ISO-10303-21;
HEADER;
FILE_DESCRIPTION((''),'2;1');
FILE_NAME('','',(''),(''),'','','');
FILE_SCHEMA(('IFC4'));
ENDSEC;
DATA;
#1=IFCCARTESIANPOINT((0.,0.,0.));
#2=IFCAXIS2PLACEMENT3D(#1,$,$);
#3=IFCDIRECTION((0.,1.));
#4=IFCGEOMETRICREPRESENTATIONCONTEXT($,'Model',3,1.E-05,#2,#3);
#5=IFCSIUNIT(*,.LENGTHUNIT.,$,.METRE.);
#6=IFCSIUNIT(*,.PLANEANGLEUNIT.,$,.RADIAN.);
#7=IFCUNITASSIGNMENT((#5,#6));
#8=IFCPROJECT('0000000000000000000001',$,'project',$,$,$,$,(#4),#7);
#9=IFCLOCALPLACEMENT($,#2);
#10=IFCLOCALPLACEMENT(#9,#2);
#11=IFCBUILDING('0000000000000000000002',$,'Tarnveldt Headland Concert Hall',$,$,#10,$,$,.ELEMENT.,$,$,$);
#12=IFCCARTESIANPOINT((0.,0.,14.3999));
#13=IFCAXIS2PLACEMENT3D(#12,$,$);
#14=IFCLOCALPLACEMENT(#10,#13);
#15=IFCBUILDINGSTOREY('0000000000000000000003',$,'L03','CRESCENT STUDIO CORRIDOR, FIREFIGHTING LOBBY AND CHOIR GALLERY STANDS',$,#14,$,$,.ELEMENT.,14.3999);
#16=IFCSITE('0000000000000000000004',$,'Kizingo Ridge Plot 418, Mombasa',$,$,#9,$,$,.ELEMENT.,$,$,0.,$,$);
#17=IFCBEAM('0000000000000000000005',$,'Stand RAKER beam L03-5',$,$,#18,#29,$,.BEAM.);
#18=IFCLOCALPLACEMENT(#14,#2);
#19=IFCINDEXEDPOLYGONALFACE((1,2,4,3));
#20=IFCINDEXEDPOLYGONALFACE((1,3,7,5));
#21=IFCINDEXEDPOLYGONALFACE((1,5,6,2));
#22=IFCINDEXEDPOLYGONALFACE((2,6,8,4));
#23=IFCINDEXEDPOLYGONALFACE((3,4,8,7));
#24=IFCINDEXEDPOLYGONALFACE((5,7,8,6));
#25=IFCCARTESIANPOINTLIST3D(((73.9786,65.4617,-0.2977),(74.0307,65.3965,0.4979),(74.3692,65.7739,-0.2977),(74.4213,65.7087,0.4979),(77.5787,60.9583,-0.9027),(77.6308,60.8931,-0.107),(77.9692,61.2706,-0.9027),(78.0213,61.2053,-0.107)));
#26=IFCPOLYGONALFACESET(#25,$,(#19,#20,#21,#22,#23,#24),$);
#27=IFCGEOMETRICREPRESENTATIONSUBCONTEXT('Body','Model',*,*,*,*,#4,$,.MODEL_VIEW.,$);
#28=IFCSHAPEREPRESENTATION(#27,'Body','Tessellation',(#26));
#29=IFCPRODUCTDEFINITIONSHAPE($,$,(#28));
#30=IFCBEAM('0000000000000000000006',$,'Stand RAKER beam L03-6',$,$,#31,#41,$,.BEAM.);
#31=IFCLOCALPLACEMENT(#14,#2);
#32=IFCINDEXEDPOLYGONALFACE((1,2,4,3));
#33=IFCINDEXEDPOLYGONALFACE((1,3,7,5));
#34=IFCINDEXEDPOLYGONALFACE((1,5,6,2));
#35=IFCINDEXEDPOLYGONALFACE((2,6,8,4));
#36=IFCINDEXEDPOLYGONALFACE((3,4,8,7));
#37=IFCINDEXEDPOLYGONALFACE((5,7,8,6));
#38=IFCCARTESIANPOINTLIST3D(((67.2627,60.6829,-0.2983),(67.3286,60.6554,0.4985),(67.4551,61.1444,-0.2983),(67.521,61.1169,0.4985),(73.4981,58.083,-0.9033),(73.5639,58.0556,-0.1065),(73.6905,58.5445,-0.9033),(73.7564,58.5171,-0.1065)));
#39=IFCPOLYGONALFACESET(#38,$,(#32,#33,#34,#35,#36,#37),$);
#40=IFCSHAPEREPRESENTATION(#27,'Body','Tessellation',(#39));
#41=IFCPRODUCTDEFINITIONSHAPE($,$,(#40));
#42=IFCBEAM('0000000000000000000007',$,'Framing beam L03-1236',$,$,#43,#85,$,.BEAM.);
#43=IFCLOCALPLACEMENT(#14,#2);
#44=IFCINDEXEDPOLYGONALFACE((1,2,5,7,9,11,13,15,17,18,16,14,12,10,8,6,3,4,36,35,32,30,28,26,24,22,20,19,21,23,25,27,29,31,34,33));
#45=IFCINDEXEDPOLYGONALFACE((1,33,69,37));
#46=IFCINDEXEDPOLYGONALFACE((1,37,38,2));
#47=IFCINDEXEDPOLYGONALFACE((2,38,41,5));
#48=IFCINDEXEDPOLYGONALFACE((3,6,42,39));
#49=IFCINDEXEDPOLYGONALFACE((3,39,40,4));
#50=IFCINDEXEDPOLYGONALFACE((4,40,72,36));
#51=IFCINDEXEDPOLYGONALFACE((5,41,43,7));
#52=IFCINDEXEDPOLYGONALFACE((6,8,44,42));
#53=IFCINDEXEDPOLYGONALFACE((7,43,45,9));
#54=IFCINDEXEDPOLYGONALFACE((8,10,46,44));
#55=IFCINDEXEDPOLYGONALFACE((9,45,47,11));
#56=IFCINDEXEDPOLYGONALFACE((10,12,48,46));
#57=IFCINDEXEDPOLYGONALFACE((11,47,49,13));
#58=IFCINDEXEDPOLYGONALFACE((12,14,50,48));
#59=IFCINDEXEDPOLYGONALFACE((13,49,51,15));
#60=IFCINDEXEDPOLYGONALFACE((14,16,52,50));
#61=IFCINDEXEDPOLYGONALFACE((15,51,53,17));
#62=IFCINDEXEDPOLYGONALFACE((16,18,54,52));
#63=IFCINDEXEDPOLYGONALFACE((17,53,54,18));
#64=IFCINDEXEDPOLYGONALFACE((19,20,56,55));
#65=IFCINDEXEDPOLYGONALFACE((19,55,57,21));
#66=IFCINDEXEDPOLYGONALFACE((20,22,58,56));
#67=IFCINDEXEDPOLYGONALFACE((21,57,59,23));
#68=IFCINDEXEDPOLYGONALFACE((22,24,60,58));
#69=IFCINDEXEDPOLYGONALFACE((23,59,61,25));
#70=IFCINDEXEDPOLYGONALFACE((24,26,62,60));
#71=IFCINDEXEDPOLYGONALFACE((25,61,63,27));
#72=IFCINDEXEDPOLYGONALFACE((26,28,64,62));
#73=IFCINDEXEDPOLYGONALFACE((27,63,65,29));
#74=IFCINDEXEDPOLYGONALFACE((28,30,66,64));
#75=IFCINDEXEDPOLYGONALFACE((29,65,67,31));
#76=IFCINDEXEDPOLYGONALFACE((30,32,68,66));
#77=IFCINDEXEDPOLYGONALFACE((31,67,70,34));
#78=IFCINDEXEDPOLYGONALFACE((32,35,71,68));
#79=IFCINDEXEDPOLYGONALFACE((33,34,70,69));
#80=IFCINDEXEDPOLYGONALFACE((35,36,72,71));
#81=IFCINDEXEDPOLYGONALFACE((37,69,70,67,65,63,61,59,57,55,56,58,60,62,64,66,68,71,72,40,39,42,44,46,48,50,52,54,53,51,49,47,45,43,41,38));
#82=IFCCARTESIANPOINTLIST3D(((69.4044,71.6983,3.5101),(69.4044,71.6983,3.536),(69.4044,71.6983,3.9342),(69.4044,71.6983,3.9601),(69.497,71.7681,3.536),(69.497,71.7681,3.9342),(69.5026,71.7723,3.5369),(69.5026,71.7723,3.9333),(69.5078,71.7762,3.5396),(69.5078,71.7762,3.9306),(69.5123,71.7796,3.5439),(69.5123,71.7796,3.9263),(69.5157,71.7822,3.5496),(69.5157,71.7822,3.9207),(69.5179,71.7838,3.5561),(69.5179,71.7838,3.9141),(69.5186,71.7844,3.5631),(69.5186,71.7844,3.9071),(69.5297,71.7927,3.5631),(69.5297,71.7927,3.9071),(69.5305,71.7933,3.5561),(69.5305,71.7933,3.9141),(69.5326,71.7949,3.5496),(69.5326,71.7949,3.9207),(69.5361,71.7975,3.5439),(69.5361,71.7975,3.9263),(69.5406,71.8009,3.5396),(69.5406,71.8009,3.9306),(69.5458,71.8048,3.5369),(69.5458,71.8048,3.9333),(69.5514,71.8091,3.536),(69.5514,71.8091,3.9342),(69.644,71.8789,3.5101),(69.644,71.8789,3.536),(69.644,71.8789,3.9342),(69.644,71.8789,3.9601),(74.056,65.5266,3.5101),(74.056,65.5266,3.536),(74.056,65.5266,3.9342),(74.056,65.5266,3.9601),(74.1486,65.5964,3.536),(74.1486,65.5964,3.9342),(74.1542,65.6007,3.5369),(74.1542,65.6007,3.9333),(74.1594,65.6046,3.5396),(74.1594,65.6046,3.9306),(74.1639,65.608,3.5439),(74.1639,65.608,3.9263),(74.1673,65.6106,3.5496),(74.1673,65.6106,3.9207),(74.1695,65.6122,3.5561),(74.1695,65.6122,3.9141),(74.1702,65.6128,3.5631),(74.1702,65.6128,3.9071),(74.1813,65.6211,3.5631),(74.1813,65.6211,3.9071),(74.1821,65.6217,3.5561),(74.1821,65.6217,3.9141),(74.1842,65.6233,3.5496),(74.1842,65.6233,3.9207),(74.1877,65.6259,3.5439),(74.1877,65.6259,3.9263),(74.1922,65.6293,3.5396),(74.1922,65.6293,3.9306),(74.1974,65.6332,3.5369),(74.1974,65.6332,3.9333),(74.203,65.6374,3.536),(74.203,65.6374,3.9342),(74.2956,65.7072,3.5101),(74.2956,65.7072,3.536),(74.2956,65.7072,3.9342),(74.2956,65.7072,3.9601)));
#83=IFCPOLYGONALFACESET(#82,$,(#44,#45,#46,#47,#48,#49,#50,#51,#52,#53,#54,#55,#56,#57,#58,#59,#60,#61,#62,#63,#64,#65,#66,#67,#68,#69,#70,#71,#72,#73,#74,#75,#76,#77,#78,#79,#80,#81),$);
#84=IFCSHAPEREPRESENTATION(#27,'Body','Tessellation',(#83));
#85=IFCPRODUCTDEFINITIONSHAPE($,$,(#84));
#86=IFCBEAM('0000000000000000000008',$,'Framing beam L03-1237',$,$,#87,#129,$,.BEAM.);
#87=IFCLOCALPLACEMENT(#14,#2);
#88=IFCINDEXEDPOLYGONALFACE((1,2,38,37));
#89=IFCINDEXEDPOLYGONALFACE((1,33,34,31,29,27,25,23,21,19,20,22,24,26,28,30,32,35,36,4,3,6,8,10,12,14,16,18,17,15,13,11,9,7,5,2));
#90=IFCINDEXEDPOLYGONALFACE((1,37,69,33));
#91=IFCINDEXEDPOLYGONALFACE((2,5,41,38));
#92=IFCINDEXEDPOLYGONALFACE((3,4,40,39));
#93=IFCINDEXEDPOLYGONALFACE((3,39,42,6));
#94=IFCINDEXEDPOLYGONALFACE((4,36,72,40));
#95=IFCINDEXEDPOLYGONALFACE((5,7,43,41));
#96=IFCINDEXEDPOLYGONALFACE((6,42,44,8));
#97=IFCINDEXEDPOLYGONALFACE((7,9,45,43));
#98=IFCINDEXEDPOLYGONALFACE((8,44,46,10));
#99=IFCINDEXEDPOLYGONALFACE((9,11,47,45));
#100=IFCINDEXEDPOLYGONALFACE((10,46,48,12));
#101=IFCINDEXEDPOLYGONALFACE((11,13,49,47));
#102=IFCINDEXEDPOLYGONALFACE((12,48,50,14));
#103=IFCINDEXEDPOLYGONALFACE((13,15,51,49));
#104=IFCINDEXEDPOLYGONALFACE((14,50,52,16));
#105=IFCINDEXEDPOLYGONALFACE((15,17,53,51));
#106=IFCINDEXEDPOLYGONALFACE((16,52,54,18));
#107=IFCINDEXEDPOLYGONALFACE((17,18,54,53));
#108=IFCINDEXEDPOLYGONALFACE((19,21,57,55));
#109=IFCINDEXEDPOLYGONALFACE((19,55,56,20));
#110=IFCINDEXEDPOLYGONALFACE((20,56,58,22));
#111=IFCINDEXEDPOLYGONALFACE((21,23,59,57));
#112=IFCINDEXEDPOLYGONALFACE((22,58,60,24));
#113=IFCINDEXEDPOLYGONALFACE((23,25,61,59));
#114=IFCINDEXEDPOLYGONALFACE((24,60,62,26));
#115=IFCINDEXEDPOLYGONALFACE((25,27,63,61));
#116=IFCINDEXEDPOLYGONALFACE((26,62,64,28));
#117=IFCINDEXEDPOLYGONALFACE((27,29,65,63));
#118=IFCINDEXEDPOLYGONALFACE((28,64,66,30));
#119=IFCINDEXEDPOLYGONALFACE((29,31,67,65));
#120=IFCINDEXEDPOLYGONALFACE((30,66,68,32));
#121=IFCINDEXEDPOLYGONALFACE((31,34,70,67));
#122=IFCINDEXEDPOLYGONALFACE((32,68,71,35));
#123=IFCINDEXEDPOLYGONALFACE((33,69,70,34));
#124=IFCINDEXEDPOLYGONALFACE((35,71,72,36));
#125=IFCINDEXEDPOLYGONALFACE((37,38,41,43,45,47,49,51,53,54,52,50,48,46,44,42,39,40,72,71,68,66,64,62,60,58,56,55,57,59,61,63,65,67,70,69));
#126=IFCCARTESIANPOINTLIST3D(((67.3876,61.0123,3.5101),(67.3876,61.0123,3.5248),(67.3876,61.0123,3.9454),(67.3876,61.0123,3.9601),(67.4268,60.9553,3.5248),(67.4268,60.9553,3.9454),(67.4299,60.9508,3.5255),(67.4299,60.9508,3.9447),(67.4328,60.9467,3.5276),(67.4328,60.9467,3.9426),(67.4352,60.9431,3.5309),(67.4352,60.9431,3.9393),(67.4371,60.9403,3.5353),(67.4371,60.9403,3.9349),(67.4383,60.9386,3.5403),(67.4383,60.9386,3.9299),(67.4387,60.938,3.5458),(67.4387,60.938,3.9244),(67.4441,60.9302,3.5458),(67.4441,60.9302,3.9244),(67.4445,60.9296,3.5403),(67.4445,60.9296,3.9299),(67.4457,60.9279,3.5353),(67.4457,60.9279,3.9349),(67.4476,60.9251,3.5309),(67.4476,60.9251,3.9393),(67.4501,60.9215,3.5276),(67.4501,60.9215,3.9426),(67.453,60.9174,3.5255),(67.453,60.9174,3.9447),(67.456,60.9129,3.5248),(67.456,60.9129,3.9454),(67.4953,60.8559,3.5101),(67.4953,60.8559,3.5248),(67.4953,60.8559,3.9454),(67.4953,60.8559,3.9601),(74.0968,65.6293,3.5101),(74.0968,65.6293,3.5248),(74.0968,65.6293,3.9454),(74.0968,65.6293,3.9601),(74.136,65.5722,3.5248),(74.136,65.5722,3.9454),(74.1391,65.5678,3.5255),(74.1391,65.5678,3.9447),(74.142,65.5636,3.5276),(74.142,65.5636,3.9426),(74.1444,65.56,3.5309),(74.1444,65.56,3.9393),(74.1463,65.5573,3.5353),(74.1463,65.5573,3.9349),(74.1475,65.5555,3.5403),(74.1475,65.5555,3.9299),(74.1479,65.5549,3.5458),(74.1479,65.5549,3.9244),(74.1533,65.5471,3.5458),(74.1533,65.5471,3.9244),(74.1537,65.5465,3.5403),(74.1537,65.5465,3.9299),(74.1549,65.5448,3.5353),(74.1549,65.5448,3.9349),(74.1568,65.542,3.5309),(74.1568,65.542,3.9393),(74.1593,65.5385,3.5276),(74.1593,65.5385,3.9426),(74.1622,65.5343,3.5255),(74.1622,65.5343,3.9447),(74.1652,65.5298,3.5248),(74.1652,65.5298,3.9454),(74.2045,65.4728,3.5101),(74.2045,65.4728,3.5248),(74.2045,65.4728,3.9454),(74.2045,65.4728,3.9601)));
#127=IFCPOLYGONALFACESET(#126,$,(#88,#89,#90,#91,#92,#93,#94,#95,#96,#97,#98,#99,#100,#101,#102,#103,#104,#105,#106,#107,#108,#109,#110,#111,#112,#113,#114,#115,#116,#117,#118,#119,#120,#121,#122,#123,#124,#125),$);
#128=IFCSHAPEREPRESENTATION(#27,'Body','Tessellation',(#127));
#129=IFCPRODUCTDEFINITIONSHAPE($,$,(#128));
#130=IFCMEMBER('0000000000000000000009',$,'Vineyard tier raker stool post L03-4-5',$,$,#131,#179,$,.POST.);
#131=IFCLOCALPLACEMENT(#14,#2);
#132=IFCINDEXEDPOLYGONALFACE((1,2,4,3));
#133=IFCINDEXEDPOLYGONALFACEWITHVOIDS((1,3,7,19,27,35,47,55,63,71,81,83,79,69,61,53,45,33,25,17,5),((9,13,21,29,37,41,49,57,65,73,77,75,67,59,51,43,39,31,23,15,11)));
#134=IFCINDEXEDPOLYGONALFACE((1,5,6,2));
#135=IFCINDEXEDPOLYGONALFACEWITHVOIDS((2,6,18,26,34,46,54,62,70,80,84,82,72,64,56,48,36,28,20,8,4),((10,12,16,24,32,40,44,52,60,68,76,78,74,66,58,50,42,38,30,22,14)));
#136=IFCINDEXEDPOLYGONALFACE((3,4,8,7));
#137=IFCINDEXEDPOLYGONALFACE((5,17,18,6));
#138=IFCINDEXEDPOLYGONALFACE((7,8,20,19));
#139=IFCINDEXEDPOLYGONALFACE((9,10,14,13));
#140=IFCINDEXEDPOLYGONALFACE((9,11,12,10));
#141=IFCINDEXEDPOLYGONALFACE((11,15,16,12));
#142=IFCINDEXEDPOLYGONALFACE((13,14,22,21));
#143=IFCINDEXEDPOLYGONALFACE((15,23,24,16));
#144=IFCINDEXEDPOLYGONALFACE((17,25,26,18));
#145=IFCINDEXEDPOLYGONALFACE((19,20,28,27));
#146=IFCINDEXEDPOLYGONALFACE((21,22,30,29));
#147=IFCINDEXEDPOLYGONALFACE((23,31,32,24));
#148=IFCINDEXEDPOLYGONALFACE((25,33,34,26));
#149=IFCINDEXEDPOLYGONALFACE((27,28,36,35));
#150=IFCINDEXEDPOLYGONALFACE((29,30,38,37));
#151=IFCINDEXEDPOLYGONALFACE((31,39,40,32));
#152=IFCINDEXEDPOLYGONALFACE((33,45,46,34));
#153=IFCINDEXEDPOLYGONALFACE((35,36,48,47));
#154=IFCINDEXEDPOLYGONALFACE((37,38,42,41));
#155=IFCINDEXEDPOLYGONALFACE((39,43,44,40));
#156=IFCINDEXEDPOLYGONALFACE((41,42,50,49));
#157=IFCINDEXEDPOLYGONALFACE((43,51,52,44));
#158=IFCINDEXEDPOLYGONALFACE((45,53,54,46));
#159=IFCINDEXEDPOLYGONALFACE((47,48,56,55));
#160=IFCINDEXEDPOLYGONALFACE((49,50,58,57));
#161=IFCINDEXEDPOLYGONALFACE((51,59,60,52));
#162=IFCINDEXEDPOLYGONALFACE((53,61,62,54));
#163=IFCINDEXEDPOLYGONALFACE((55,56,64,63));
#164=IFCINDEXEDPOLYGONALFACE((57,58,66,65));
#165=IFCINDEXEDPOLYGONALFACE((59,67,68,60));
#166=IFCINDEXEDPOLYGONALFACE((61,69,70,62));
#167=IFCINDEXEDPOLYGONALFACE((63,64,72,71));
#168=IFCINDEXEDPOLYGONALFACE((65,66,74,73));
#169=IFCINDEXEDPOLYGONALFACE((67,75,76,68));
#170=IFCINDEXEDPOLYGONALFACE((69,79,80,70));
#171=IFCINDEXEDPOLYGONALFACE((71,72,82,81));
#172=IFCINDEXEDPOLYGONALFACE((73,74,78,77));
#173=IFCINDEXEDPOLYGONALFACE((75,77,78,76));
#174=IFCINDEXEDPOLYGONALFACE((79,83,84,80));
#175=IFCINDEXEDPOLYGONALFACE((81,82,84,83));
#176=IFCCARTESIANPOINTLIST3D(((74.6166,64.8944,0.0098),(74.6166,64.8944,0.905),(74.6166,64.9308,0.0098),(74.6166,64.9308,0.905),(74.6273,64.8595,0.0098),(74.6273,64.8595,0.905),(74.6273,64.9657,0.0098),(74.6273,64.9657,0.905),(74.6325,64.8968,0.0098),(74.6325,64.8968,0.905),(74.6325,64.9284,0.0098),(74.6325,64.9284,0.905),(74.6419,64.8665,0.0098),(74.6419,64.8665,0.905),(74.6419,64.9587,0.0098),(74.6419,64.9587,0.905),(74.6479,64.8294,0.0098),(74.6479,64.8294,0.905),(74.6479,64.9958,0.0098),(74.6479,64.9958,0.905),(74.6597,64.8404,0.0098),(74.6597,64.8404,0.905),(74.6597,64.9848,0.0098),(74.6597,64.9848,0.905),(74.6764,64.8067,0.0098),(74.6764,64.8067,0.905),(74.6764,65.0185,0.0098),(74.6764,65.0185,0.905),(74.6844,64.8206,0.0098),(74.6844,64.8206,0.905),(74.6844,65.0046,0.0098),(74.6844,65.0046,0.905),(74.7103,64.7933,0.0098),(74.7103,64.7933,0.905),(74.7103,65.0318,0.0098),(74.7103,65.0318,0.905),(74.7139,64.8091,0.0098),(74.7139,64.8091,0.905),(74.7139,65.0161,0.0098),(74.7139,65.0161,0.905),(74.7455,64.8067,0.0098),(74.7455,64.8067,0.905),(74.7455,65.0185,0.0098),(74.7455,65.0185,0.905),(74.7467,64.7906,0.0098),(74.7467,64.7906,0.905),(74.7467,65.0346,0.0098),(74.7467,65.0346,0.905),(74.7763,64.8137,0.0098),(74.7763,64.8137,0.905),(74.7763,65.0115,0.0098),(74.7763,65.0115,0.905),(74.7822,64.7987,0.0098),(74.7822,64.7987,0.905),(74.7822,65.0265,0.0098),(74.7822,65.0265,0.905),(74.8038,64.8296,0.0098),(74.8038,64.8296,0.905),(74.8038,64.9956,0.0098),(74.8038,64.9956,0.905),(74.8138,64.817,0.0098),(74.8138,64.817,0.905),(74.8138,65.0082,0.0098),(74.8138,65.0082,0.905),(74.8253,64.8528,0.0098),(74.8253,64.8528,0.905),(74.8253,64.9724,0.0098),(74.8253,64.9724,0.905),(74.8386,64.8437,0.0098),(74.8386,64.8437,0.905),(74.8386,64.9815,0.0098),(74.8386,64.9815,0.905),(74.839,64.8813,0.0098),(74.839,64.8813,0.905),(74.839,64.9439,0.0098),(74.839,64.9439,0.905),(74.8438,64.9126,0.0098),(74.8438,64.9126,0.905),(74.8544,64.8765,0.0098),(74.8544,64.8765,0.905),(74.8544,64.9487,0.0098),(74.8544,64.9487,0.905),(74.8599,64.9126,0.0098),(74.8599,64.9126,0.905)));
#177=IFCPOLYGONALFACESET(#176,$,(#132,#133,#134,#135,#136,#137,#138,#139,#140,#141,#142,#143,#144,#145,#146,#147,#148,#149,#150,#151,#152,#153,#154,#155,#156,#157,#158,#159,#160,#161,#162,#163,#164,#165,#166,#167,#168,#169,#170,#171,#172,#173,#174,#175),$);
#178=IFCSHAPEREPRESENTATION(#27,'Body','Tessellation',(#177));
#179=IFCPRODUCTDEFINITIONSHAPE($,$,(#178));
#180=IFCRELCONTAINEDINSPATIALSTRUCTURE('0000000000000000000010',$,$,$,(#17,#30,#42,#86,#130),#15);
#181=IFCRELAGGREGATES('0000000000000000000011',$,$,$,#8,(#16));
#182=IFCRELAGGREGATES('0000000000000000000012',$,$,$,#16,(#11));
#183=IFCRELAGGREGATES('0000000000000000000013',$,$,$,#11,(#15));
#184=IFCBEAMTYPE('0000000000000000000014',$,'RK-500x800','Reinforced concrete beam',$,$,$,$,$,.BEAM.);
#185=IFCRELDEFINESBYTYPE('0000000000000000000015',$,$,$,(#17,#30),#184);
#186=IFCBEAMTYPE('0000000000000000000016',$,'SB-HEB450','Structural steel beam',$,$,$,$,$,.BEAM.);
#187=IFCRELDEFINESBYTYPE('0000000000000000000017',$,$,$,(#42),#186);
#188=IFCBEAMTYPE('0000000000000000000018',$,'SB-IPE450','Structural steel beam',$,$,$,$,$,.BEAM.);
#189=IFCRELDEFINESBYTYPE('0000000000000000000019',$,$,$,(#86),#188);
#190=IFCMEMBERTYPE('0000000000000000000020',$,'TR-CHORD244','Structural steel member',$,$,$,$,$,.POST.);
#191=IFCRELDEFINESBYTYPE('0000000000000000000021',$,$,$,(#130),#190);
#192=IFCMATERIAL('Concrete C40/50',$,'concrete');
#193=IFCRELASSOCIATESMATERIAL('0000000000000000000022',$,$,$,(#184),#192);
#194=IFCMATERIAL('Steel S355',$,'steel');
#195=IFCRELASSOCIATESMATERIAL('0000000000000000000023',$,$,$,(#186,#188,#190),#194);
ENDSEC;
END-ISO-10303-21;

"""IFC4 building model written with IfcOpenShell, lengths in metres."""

from ifc_helpers import new_model, si_unit, direction, frame, origin, origin_2d, place, context, subcontext, project, spatial, rectangle, hollow_circle, i_section, extrude, material, material_profile, profile_set, type_object, element, save


model = new_model("IFC4")

# Units and contexts
model_context = context("Model", 3, precision=1e-05, world=origin(), true_north=direction((0.0, 1.0)))
body_context = subcontext(model_context, "Body", "Model", "MODEL_VIEW")
ifc_project = project(units=[si_unit("LENGTHUNIT", "METRE"), si_unit("PLANEANGLEUNIT", "RADIAN")], contexts=[model_context])

# Site, building, storey
site_placement = place(None, origin())
site = spatial("IfcSite", under=ifc_project, at=site_placement, Name="Kizingo Ridge Plot 418, Mombasa", CompositionType="ELEMENT", RefElevation=0.0)
building_placement = place(site_placement, origin())
building = spatial("IfcBuilding", under=site, at=building_placement, Name="Tarnveldt Headland Concert Hall", CompositionType="ELEMENT")
storey_placement = place(building_placement, frame((0.0, 0.0, 14.3999)))
storey = spatial("IfcBuildingStorey", under=building, at=storey_placement, Name="L03", Description="CRESCENT STUDIO CORRIDOR, FIREFIGHTING LOBBY AND CHOIR GALLERY STANDS", CompositionType="ELEMENT", Elevation=14.3999)

# Shared definitions
ifc_material_1 = material(Name="Concrete C40/50", Category="concrete")

# Beams
ifc_material_profile_1 = material_profile(ifc_material_1, rectangle(XDim=0.5, YDim=0.8, at=origin_2d()), Name="RAKER RC 500x800", Category="concrete")
ifc_profile_set_1 = profile_set([ifc_material_profile_1], Name="Concrete C40/50")
beam_type_1 = type_object("IfcBeamType", Name="RK-500x800", Description="Reinforced concrete beam", PredefinedType="BEAM", material=ifc_profile_set_1)
beam_1_placement = place(storey_placement, frame((74.2, 65.5852, 0.1001), z_axis=(0.621007, -0.776827, -0.104357), x_axis=(0.781092, 0.624416, 0.0)))
element("IfcBeam", 1, at=beam_1_placement, inside=storey, type_object=beam_type_1, Name="Stand RAKER beam L03-5", PredefinedType="BEAM", context=body_context, shape_type="SweptSolid", body=[
    extrude(rectangle(XDim=0.5, YDim=0.8, at=origin_2d()), origin(), (0.0, 0.0, 1.0), 5.7971),
])
beam_2_placement = place(storey_placement, frame((67.3918, 60.8999, 0.1001), z_axis=(0.919304, -0.383307, -0.089195), x_axis=(0.384841, 0.922983, 0.0)))
element("IfcBeam", 2, at=beam_2_placement, inside=storey, type_object=beam_type_1, Name="Stand RAKER beam L03-6", PredefinedType="BEAM", context=body_context, shape_type="SweptSolid", body=[
    extrude(rectangle(XDim=0.5, YDim=0.8, at=origin_2d()), origin(), (0.0, 0.0, 1.0), 6.7827),
])
ifc_material_2 = material(Name="Steel S355", Category="steel")
ifc_material_profile_2 = material_profile(ifc_material_2, i_section(OverallWidth=0.3, OverallDepth=0.45, WebThickness=0.0139, FlangeThickness=0.0259, FilletRadius=0.0271, at=origin_2d()), Name="HEB450", Category="steel")
ifc_profile_set_2 = profile_set([ifc_material_profile_2], Name="Steel S355")
beam_type_2 = type_object("IfcBeamType", Name="SB-HEB450", Description="Structural steel beam", PredefinedType="BEAM", material=ifc_profile_set_2)
beam_3_placement = place(storey_placement, frame((74.1758, 65.6169, 3.7351), z_axis=(-0.601894, 0.798576, 0.0), x_axis=(-0.798576, -0.601894, 0.0)))
element("IfcBeam", 3, at=beam_3_placement, inside=storey, type_object=beam_type_2, Name="Framing beam L03-1236", PredefinedType="BEAM", context=body_context, shape_type="SweptSolid", body=[
    extrude(i_section(OverallWidth=0.3, OverallDepth=0.45, WebThickness=0.0139, FlangeThickness=0.0259, FilletRadius=0.0271, at=origin_2d()), origin(), (0.0, 0.0, 1.0), 7.7283),
])
ifc_material_profile_3 = material_profile(ifc_material_2, i_section(OverallWidth=0.1899, OverallDepth=0.45, WebThickness=0.0095, FlangeThickness=0.0146, FilletRadius=0.021, at=origin_2d()), Name="IPE450", Category="steel")
ifc_profile_set_3 = profile_set([ifc_material_profile_3], Name="Steel S355")
beam_type_3 = type_object("IfcBeamType", Name="SB-IPE450", Description="Structural steel beam", PredefinedType="BEAM", material=ifc_profile_set_3)
beam_4_placement = place(storey_placement, frame((74.1506, 65.551, 3.7351), z_axis=(-0.823793, -0.566891, 0.0), x_axis=(0.566891, -0.823793, 0.0)))
element("IfcBeam", 4, at=beam_4_placement, inside=storey, type_object=beam_type_3, Name="Framing beam L03-1237", PredefinedType="BEAM", context=body_context, shape_type="SweptSolid", body=[
    extrude(i_section(OverallWidth=0.1899, OverallDepth=0.45, WebThickness=0.0095, FlangeThickness=0.0146, FilletRadius=0.021, at=origin_2d()), origin(), (0.0, 0.0, 1.0), 8.1443),
])

# Member
ifc_material_profile_4 = material_profile(ifc_material_2, hollow_circle(Radius=0.1223, WallThickness=0.0161, at=origin_2d()), Name="CHS 244.5x16", Category="steel")
ifc_profile_set_4 = profile_set([ifc_material_profile_4], Name="Steel S355")
member_type = type_object("IfcMemberType", Name="TR-CHORD244", Description="Structural steel member", PredefinedType="POST", material=ifc_profile_set_4)
member_placement = place(storey_placement, frame((74.7375, 64.9126, 0.0098), z_axis=(0.0, 0.0, 1.0), x_axis=(1.0, 0.0, 0.0)))
element("IfcMember", 5, at=member_placement, inside=storey, type_object=member_type, Name="Vineyard tier raker stool post L03-4-5", PredefinedType="POST", context=body_context, shape_type="SweptSolid", body=[
    extrude(hollow_circle(Radius=0.1223, WallThickness=0.0161, at=origin_2d()), origin(), (0.0, 0.0, 1.0), 0.8953),
])

save(model, "model.ifc")
